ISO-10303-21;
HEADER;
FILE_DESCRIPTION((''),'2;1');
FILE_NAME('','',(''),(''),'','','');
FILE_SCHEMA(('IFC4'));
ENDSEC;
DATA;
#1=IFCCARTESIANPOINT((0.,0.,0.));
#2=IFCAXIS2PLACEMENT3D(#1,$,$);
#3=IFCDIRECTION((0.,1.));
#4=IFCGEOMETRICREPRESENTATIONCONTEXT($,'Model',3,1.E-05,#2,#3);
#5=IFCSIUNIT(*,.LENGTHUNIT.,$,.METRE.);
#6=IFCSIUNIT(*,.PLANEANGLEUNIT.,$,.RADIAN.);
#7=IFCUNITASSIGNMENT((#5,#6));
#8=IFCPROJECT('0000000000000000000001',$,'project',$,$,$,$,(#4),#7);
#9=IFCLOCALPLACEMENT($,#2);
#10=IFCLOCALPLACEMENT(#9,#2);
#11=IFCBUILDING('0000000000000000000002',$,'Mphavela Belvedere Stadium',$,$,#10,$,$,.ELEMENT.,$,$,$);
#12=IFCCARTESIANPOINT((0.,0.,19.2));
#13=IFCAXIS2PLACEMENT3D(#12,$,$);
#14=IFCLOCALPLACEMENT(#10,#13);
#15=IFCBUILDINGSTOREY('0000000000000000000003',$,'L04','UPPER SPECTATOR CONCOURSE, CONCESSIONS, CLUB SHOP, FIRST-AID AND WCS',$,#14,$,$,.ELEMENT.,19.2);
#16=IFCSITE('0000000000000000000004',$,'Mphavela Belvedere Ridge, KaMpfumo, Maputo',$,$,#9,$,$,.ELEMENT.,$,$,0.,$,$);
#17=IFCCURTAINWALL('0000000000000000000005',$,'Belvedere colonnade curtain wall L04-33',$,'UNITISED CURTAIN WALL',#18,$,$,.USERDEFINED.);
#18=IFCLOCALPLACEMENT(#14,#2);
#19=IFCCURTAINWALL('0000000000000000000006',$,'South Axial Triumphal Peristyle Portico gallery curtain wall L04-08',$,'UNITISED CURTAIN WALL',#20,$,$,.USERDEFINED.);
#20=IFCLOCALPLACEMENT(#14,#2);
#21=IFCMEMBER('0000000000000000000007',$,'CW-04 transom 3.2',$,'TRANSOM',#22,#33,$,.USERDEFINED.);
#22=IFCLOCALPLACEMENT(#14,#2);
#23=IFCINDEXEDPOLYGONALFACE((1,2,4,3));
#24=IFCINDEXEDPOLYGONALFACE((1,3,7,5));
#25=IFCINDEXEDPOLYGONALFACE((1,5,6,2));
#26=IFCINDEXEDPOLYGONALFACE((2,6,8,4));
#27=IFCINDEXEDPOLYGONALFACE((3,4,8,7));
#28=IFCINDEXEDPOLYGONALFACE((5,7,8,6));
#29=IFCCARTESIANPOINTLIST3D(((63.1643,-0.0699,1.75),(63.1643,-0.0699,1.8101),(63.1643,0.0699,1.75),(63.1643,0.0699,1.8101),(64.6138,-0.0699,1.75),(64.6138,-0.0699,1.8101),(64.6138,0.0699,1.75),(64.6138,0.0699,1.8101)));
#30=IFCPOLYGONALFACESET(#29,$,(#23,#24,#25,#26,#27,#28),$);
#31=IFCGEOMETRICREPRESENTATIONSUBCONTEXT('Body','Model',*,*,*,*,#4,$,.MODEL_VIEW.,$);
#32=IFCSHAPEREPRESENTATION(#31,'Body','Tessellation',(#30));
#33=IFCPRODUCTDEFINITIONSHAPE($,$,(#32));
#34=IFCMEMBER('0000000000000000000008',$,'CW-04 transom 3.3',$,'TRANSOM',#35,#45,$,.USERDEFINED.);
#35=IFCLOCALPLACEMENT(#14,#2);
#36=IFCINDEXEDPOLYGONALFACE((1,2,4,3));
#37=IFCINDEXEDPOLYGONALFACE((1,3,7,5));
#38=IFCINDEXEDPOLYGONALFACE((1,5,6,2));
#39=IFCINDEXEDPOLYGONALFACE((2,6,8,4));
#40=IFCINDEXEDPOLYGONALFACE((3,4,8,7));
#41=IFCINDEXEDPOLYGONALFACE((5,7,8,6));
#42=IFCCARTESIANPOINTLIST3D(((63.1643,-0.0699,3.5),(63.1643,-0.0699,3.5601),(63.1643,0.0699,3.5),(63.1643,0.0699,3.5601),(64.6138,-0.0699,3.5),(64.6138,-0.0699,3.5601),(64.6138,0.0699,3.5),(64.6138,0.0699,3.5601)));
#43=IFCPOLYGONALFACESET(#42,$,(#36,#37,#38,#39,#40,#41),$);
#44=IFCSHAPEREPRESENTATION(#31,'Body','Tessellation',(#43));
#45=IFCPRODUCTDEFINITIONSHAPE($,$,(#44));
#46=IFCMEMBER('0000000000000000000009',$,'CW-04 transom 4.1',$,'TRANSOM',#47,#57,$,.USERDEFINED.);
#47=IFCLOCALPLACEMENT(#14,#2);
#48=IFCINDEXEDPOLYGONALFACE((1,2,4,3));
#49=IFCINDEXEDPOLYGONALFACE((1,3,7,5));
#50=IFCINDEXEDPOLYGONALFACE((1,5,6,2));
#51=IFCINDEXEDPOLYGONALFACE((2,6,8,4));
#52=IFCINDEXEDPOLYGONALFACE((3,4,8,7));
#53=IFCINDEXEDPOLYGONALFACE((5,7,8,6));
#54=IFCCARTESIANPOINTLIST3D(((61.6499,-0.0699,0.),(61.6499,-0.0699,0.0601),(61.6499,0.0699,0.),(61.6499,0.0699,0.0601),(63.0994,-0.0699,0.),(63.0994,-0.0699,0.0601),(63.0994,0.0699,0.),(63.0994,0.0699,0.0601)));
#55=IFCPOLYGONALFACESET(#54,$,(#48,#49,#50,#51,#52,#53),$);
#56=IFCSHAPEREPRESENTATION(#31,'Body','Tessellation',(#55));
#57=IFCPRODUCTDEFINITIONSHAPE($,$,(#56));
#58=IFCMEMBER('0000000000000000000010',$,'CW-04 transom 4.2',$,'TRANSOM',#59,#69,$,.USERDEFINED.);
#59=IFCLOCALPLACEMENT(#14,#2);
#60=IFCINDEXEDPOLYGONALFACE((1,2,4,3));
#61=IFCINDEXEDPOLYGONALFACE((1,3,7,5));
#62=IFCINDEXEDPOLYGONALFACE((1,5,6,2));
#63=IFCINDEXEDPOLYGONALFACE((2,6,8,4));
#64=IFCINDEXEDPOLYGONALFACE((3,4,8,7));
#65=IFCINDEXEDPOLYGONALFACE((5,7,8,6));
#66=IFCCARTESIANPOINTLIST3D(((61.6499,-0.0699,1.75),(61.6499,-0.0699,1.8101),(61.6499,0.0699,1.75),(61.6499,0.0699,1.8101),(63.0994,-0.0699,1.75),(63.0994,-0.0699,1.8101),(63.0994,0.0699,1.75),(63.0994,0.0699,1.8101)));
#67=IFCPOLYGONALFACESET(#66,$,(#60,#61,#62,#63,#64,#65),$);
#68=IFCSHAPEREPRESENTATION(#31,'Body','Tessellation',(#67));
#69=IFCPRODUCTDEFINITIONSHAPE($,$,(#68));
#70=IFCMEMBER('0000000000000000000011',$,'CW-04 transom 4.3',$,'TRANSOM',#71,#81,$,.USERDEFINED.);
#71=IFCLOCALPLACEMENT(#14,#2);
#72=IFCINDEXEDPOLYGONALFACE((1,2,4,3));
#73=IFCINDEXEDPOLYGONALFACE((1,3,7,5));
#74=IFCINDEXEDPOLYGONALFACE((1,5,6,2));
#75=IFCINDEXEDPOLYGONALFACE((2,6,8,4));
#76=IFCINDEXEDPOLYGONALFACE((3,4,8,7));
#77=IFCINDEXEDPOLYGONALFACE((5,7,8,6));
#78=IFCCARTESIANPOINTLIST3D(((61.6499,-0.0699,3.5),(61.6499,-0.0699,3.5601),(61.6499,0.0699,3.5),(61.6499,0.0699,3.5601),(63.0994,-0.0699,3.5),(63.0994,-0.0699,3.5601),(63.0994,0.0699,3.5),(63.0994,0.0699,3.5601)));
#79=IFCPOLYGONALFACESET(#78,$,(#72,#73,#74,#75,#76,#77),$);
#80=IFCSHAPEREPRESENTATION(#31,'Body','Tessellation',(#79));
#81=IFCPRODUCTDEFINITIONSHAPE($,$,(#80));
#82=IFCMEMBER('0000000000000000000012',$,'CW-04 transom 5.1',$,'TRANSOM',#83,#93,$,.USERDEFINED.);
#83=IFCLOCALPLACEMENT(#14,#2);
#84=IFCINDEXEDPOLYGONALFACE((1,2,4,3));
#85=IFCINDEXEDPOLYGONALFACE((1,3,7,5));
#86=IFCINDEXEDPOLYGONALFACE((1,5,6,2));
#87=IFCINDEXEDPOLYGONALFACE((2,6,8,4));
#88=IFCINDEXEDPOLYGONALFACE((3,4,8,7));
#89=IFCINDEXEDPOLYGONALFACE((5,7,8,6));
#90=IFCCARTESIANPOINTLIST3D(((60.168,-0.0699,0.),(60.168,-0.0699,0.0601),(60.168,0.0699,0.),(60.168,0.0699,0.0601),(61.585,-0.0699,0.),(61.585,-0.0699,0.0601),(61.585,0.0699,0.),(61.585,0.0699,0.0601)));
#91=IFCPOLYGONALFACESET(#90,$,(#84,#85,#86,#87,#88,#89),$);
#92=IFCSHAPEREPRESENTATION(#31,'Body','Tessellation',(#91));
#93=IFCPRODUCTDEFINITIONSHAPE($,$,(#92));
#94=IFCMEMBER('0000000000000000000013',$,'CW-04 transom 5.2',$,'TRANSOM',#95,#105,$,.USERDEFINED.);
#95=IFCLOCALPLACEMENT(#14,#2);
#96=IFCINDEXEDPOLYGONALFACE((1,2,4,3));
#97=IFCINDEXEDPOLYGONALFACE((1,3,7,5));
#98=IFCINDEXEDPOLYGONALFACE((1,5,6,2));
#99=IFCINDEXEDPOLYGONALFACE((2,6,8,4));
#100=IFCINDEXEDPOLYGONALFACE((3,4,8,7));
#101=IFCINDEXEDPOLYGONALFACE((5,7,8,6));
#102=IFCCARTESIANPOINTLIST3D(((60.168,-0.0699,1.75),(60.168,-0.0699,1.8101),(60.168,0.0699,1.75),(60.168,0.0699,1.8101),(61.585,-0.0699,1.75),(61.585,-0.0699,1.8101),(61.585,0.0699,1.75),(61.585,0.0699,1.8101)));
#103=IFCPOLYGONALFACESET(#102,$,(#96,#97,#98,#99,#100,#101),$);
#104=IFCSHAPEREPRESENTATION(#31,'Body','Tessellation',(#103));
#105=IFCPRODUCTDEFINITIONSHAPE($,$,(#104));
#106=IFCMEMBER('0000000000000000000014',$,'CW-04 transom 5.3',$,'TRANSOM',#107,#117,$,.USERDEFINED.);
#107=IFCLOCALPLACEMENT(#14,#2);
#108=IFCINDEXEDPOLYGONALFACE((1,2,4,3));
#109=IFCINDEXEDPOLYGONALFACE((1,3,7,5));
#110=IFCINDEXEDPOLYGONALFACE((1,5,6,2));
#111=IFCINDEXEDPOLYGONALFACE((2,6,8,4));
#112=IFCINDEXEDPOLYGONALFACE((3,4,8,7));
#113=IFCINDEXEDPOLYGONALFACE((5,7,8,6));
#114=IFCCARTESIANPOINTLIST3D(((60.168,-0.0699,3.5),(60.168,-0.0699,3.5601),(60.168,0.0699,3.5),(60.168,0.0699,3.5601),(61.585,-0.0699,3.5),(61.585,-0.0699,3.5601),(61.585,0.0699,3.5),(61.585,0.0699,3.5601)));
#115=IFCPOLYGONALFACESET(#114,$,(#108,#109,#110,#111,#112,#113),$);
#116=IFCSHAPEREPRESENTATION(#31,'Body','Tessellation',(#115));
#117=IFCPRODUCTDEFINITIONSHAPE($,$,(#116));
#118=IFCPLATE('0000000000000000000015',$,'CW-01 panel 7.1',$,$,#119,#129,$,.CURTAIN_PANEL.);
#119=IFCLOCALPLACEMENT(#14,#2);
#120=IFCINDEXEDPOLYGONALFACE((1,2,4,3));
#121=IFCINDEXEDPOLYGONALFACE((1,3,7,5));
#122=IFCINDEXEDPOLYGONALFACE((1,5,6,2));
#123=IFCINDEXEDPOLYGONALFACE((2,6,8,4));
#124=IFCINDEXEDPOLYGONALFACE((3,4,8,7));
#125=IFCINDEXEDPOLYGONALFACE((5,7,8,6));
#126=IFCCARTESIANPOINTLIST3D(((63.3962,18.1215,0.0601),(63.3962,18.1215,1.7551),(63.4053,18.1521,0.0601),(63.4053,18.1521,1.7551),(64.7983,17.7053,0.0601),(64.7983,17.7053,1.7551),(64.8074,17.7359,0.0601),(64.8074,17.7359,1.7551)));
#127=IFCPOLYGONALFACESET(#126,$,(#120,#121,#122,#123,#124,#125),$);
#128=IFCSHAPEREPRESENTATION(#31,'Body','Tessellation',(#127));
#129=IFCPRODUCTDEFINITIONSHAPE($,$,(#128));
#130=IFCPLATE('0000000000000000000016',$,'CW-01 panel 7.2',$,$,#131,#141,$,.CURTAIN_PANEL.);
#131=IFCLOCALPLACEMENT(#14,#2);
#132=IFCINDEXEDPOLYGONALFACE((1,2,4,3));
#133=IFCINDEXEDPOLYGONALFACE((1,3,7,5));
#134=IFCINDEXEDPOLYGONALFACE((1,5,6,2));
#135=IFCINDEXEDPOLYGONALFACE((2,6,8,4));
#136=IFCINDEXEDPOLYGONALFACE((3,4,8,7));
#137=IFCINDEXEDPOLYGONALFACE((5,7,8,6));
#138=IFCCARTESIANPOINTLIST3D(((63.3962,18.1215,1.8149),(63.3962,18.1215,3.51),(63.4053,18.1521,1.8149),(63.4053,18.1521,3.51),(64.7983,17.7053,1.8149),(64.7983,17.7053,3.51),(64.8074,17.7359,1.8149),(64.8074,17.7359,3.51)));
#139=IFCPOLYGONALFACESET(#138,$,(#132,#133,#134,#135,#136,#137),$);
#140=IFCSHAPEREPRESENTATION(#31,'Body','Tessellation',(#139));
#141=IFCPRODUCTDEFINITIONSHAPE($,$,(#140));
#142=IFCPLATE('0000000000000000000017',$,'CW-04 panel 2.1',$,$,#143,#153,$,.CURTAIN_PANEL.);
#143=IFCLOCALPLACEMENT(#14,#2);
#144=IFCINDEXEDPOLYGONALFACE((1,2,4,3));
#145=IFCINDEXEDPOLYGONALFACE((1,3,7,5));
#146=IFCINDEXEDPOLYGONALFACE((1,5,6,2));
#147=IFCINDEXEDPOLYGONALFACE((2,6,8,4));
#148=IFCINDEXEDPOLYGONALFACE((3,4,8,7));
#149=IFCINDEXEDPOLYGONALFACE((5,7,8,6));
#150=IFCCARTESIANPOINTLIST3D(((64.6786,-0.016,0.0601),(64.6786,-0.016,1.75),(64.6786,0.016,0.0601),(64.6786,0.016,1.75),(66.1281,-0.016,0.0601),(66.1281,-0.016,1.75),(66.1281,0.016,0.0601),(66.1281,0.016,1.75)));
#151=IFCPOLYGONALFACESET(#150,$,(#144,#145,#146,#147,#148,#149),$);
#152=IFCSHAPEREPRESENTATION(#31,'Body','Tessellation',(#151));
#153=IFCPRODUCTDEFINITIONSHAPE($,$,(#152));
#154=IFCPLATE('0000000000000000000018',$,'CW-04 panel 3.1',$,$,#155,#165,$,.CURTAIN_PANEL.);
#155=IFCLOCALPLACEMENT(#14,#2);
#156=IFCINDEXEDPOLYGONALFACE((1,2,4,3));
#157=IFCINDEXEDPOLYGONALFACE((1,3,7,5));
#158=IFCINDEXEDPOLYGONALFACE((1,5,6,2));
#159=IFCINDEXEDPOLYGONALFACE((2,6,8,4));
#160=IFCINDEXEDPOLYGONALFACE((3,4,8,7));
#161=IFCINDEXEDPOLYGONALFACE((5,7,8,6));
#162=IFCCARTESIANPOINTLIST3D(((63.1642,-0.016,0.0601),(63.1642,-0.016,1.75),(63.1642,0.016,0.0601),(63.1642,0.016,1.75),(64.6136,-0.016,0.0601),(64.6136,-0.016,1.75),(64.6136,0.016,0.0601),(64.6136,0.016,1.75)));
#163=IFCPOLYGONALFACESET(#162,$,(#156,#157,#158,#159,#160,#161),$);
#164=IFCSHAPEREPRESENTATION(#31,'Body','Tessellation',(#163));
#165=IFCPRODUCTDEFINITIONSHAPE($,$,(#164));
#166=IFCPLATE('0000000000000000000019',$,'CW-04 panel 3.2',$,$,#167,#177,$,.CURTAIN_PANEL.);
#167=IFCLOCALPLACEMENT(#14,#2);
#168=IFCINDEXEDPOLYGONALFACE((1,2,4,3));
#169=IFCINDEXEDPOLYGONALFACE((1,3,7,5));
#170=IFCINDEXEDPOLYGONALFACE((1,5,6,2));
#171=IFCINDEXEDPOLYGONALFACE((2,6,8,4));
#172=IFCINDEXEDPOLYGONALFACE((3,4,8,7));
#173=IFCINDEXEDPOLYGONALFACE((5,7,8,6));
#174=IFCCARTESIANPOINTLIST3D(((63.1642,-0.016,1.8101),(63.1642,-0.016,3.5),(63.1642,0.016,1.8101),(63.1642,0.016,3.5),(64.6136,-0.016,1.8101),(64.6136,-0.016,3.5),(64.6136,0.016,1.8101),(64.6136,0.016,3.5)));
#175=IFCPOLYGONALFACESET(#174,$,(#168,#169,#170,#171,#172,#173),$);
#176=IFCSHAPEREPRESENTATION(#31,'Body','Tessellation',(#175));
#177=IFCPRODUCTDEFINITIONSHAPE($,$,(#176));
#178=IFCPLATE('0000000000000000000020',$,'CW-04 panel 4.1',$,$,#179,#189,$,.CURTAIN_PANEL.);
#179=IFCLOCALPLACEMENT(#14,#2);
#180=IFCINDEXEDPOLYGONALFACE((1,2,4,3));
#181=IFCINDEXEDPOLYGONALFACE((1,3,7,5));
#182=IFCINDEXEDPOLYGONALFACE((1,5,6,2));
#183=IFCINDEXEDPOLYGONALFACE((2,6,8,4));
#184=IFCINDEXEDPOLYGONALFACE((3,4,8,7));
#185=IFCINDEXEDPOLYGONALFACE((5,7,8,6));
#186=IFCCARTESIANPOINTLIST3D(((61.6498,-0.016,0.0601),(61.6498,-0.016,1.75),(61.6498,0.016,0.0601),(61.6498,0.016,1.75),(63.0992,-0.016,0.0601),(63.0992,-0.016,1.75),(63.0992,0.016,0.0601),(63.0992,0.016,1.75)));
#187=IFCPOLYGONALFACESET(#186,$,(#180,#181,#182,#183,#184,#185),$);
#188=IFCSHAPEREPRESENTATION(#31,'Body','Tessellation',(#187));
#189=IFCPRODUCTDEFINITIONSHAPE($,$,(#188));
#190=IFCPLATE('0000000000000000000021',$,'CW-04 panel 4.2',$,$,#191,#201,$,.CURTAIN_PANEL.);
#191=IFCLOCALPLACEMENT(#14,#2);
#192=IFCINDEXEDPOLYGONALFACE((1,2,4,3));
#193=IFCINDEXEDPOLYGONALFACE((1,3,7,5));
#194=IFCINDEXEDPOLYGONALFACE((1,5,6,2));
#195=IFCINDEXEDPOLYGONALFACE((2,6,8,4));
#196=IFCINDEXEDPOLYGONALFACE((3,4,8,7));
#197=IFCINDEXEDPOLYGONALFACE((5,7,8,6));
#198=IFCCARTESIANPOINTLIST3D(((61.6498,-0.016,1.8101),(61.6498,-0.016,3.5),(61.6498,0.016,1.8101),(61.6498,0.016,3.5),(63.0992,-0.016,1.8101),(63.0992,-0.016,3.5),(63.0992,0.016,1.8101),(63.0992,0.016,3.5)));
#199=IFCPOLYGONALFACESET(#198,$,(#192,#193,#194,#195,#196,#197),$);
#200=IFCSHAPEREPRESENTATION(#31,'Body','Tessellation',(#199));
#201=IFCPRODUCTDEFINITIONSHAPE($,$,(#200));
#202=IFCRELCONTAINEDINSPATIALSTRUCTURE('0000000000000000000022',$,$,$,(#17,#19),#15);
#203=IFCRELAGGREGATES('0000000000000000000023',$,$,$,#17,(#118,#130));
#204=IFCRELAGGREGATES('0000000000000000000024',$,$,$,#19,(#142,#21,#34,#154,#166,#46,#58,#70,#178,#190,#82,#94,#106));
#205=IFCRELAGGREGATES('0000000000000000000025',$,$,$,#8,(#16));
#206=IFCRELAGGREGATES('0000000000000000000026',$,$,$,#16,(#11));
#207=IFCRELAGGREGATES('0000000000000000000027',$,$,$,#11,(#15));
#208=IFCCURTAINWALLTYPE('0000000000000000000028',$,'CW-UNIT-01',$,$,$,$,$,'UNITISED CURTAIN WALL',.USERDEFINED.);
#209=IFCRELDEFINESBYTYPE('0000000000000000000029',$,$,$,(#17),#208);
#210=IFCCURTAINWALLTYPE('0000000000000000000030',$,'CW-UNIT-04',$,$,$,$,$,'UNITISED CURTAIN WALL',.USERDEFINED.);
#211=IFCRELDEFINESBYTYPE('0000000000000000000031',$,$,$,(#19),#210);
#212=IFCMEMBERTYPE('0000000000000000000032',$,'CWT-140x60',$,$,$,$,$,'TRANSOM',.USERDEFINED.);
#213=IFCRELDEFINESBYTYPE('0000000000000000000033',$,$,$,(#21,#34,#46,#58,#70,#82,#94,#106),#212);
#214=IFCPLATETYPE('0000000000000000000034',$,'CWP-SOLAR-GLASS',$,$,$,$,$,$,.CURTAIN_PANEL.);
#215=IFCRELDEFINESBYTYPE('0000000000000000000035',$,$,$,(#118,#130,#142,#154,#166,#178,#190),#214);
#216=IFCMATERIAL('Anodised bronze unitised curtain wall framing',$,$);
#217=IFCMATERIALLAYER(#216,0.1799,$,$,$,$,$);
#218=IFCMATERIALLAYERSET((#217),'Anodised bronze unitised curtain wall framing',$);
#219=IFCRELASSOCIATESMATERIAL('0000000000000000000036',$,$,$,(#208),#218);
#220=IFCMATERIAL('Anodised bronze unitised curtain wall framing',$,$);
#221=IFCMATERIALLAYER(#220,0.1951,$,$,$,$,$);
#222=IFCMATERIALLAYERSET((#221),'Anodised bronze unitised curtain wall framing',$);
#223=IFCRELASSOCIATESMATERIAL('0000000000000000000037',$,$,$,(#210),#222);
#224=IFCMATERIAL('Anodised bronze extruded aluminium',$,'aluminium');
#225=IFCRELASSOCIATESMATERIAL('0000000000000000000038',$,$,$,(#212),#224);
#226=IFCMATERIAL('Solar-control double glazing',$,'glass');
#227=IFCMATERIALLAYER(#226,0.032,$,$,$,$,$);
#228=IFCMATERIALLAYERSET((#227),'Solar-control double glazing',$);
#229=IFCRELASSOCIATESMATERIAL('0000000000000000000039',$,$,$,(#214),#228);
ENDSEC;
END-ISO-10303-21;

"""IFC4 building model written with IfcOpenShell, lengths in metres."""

from ifc_helpers import new_model, si_unit, direction, frame, origin, origin_2d, place, context, subcontext, project, spatial, rectangle, extrude, material, layer, layer_set, material_profile, profile_set, type_object, element, aggregate, save


model = new_model("IFC4")

# Units and contexts
model_context = context("Model", 3, precision=1e-05, world=origin(), true_north=direction((0.0, 1.0)))
body_context = subcontext(model_context, "Body", "Model", "MODEL_VIEW")
ifc_project = project(units=[si_unit("LENGTHUNIT", "METRE"), si_unit("PLANEANGLEUNIT", "RADIAN")], contexts=[model_context])

# Site, building, storey
site_placement = place(None, origin())
site = spatial("IfcSite", under=ifc_project, at=site_placement, Name="Mphavela Belvedere Ridge, KaMpfumo, Maputo", CompositionType="ELEMENT", RefElevation=0.0)
building_placement = place(site_placement, origin())
building = spatial("IfcBuilding", under=site, at=building_placement, Name="Mphavela Belvedere Stadium", CompositionType="ELEMENT")
storey_placement = place(building_placement, frame((0.0, 0.0, 19.2)))
storey = spatial("IfcBuildingStorey", under=building, at=storey_placement, Name="L04", Description="UPPER SPECTATOR CONCOURSE, CONCESSIONS, CLUB SHOP, FIRST-AID AND WCS", CompositionType="ELEMENT", Elevation=19.2)

# Curtain walls
ifc_material_1 = material(Name="Anodised bronze unitised curtain wall framing")
ifc_layer_1 = layer(ifc_material_1, 0.1799)
ifc_layer_set_1 = layer_set([ifc_layer_1], Name="Anodised bronze unitised curtain wall framing")
curtain_wall_type_1 = type_object("IfcCurtainWallType", Name="CW-UNIT-01", ElementType="UNITISED CURTAIN WALL", PredefinedType="USERDEFINED", material=ifc_layer_set_1)
curtain_wall_1_placement = place(storey_placement, origin())
curtain_wall_1 = element("IfcCurtainWall", 1, at=curtain_wall_1_placement, inside=storey, type_object=curtain_wall_type_1, Name="Belvedere colonnade curtain wall L04-33", ObjectType="UNITISED CURTAIN WALL", PredefinedType="USERDEFINED")
ifc_material_2 = material(Name="Anodised bronze unitised curtain wall framing")
ifc_layer_2 = layer(ifc_material_2, 0.1951)
ifc_layer_set_2 = layer_set([ifc_layer_2], Name="Anodised bronze unitised curtain wall framing")
curtain_wall_type_2 = type_object("IfcCurtainWallType", Name="CW-UNIT-04", ElementType="UNITISED CURTAIN WALL", PredefinedType="USERDEFINED", material=ifc_layer_set_2)
curtain_wall_2_placement = place(storey_placement, origin())
curtain_wall_2 = element("IfcCurtainWall", 2, at=curtain_wall_2_placement, inside=storey, type_object=curtain_wall_type_2, Name="South Axial Triumphal Peristyle Portico gallery curtain wall L04-08", ObjectType="UNITISED CURTAIN WALL", PredefinedType="USERDEFINED")

# Members
ifc_material_3 = material(Name="Anodised bronze extruded aluminium", Category="aluminium")
ifc_material_profile_1 = material_profile(ifc_material_3, rectangle(XDim=0.1399, YDim=0.0601, at=origin_2d()), Name="CW-TRN 140x60")
ifc_profile_set_1 = profile_set([ifc_material_profile_1], Name="Anodised bronze extruded aluminium")
member_type_1 = type_object("IfcMemberType", Name="CWT-140x60", ElementType="TRANSOM", PredefinedType="USERDEFINED", material=ifc_profile_set_1)
member_1_placement = place(storey_placement, frame((64.6138, 0.0, 1.78), z_axis=(-1.0, 0.0, 0.0), x_axis=(0.0, -1.0, 0.0)))
member_1 = element("IfcMember", 3, at=member_1_placement, type_object=member_type_1, Name="CW-04 transom 3.2", ObjectType="TRANSOM", PredefinedType="USERDEFINED", context=body_context, shape_type="SweptSolid", body=[
    extrude(rectangle(XDim=0.1399, YDim=0.0601, at=origin_2d()), origin(), (0.0, 0.0, 1.0), 1.4495),
])
member_2_placement = place(storey_placement, frame((64.6138, 0.0, 3.53), z_axis=(-1.0, 0.0, 0.0), x_axis=(0.0, -1.0, 0.0)))
member_2 = element("IfcMember", 4, at=member_2_placement, type_object=member_type_1, Name="CW-04 transom 3.3", ObjectType="TRANSOM", PredefinedType="USERDEFINED", context=body_context, shape_type="SweptSolid", body=[
    extrude(rectangle(XDim=0.1399, YDim=0.0601, at=origin_2d()), origin(), (0.0, 0.0, 1.0), 1.4495),
])
member_3_placement = place(storey_placement, frame((63.0994, 0.0, 0.03), z_axis=(-1.0, 0.0, 0.0), x_axis=(0.0, -1.0, 0.0)))
member_3 = element("IfcMember", 5, at=member_3_placement, type_object=member_type_1, Name="CW-04 transom 4.1", ObjectType="TRANSOM", PredefinedType="USERDEFINED", context=body_context, shape_type="SweptSolid", body=[
    extrude(rectangle(XDim=0.1399, YDim=0.0601, at=origin_2d()), origin(), (0.0, 0.0, 1.0), 1.4495),
])
member_4_placement = place(storey_placement, frame((63.0994, 0.0, 1.78), z_axis=(-1.0, 0.0, 0.0), x_axis=(0.0, -1.0, 0.0)))
member_4 = element("IfcMember", 6, at=member_4_placement, type_object=member_type_1, Name="CW-04 transom 4.2", ObjectType="TRANSOM", PredefinedType="USERDEFINED", context=body_context, shape_type="SweptSolid", body=[
    extrude(rectangle(XDim=0.1399, YDim=0.0601, at=origin_2d()), origin(), (0.0, 0.0, 1.0), 1.4495),
])
member_5_placement = place(storey_placement, frame((63.0994, 0.0, 3.53), z_axis=(-1.0, 0.0, 0.0), x_axis=(0.0, -1.0, 0.0)))
member_5 = element("IfcMember", 7, at=member_5_placement, type_object=member_type_1, Name="CW-04 transom 4.3", ObjectType="TRANSOM", PredefinedType="USERDEFINED", context=body_context, shape_type="SweptSolid", body=[
    extrude(rectangle(XDim=0.1399, YDim=0.0601, at=origin_2d()), origin(), (0.0, 0.0, 1.0), 1.4495),
])
member_6_placement = place(storey_placement, frame((61.585, 0.0, 0.03), z_axis=(-1.0, 0.0, 0.0), x_axis=(0.0, -1.0, 0.0)))
member_6 = element("IfcMember", 8, at=member_6_placement, type_object=member_type_1, Name="CW-04 transom 5.1", ObjectType="TRANSOM", PredefinedType="USERDEFINED", context=body_context, shape_type="SweptSolid", body=[
    extrude(rectangle(XDim=0.1399, YDim=0.0601, at=origin_2d()), origin(), (0.0, 0.0, 1.0), 1.417),
])
member_7_placement = place(storey_placement, frame((61.585, 0.0, 1.78), z_axis=(-1.0, 0.0, 0.0), x_axis=(0.0, -1.0, 0.0)))
member_7 = element("IfcMember", 9, at=member_7_placement, type_object=member_type_1, Name="CW-04 transom 5.2", ObjectType="TRANSOM", PredefinedType="USERDEFINED", context=body_context, shape_type="SweptSolid", body=[
    extrude(rectangle(XDim=0.1399, YDim=0.0601, at=origin_2d()), origin(), (0.0, 0.0, 1.0), 1.417),
])
member_8_placement = place(storey_placement, frame((61.585, 0.0, 3.53), z_axis=(-1.0, 0.0, 0.0), x_axis=(0.0, -1.0, 0.0)))
member_8 = element("IfcMember", 10, at=member_8_placement, type_object=member_type_1, Name="CW-04 transom 5.3", ObjectType="TRANSOM", PredefinedType="USERDEFINED", context=body_context, shape_type="SweptSolid", body=[
    extrude(rectangle(XDim=0.1399, YDim=0.0601, at=origin_2d()), origin(), (0.0, 0.0, 1.0), 1.417),
])

# Plates
ifc_material_4 = material(Name="Solar-control double glazing", Category="glass")
ifc_layer_3 = layer(ifc_material_4, 0.032)
ifc_layer_set_3 = layer_set([ifc_layer_3], Name="Solar-control double glazing")
plate_type = type_object("IfcPlateType", Name="CWP-SOLAR-GLASS", PredefinedType="CURTAIN_PANEL", material=ifc_layer_set_3)
plate_1_placement = place(storey_placement, frame((64.1018, 17.9287, 0.0601), z_axis=(0.0, 0.0, 1.0), x_axis=(0.958658, -0.284561, 0.0)))
plate_1 = element("IfcPlate", 11, at=plate_1_placement, type_object=plate_type, Name="CW-01 panel 7.1", PredefinedType="CURTAIN_PANEL", context=body_context, shape_type="SweptSolid", body=[
    extrude(rectangle(XDim=1.4626, YDim=0.032, at=origin_2d()), origin(), (0.0, 0.0, 1.0), 1.6951),
])
plate_2_placement = place(storey_placement, frame((64.1018, 17.9287, 1.8149), z_axis=(0.0, 0.0, 1.0), x_axis=(0.958658, -0.284561, 0.0)))
plate_2 = element("IfcPlate", 12, at=plate_2_placement, type_object=plate_type, Name="CW-01 panel 7.2", PredefinedType="CURTAIN_PANEL", context=body_context, shape_type="SweptSolid", body=[
    extrude(rectangle(XDim=1.4626, YDim=0.032, at=origin_2d()), origin(), (0.0, 0.0, 1.0), 1.6951),
])
aggregate(curtain_wall_1, [plate_1, plate_2])
plate_3_placement = place(storey_placement, frame((65.4033, 0.0, 0.0601), z_axis=(0.0, 0.0, 1.0), x_axis=(-1.0, 0.0, 0.0)))
plate_3 = element("IfcPlate", 13, at=plate_3_placement, type_object=plate_type, Name="CW-04 panel 2.1", PredefinedType="CURTAIN_PANEL", context=body_context, shape_type="SweptSolid", body=[
    extrude(rectangle(XDim=1.4495, YDim=0.032, at=origin_2d()), origin(), (0.0, 0.0, 1.0), 1.6899),
])
plate_4_placement = place(storey_placement, frame((63.8889, 0.0, 0.0601), z_axis=(0.0, 0.0, 1.0), x_axis=(-1.0, 0.0, 0.0)))
plate_4 = element("IfcPlate", 14, at=plate_4_placement, type_object=plate_type, Name="CW-04 panel 3.1", PredefinedType="CURTAIN_PANEL", context=body_context, shape_type="SweptSolid", body=[
    extrude(rectangle(XDim=1.4495, YDim=0.032, at=origin_2d()), origin(), (0.0, 0.0, 1.0), 1.6899),
])
plate_5_placement = place(storey_placement, frame((63.8889, 0.0, 1.8101), z_axis=(0.0, 0.0, 1.0), x_axis=(-1.0, 0.0, 0.0)))
plate_5 = element("IfcPlate", 15, at=plate_5_placement, type_object=plate_type, Name="CW-04 panel 3.2", PredefinedType="CURTAIN_PANEL", context=body_context, shape_type="SweptSolid", body=[
    extrude(rectangle(XDim=1.4495, YDim=0.032, at=origin_2d()), origin(), (0.0, 0.0, 1.0), 1.6899),
])
plate_6_placement = place(storey_placement, frame((62.3745, 0.0, 0.0601), z_axis=(0.0, 0.0, 1.0), x_axis=(-1.0, 0.0, 0.0)))
plate_6 = element("IfcPlate", 16, at=plate_6_placement, type_object=plate_type, Name="CW-04 panel 4.1", PredefinedType="CURTAIN_PANEL", context=body_context, shape_type="SweptSolid", body=[
    extrude(rectangle(XDim=1.4495, YDim=0.032, at=origin_2d()), origin(), (0.0, 0.0, 1.0), 1.6899),
])
plate_7_placement = place(storey_placement, frame((62.3745, 0.0, 1.8101), z_axis=(0.0, 0.0, 1.0), x_axis=(-1.0, 0.0, 0.0)))
plate_7 = element("IfcPlate", 17, at=plate_7_placement, type_object=plate_type, Name="CW-04 panel 4.2", PredefinedType="CURTAIN_PANEL", context=body_context, shape_type="SweptSolid", body=[
    extrude(rectangle(XDim=1.4495, YDim=0.032, at=origin_2d()), origin(), (0.0, 0.0, 1.0), 1.6899),
])
aggregate(curtain_wall_2, [plate_3, member_1, member_2, plate_4, plate_5, member_3, member_4, member_5, plate_6, plate_7, member_6, member_7, member_8])

save(model, "model.ifc")
